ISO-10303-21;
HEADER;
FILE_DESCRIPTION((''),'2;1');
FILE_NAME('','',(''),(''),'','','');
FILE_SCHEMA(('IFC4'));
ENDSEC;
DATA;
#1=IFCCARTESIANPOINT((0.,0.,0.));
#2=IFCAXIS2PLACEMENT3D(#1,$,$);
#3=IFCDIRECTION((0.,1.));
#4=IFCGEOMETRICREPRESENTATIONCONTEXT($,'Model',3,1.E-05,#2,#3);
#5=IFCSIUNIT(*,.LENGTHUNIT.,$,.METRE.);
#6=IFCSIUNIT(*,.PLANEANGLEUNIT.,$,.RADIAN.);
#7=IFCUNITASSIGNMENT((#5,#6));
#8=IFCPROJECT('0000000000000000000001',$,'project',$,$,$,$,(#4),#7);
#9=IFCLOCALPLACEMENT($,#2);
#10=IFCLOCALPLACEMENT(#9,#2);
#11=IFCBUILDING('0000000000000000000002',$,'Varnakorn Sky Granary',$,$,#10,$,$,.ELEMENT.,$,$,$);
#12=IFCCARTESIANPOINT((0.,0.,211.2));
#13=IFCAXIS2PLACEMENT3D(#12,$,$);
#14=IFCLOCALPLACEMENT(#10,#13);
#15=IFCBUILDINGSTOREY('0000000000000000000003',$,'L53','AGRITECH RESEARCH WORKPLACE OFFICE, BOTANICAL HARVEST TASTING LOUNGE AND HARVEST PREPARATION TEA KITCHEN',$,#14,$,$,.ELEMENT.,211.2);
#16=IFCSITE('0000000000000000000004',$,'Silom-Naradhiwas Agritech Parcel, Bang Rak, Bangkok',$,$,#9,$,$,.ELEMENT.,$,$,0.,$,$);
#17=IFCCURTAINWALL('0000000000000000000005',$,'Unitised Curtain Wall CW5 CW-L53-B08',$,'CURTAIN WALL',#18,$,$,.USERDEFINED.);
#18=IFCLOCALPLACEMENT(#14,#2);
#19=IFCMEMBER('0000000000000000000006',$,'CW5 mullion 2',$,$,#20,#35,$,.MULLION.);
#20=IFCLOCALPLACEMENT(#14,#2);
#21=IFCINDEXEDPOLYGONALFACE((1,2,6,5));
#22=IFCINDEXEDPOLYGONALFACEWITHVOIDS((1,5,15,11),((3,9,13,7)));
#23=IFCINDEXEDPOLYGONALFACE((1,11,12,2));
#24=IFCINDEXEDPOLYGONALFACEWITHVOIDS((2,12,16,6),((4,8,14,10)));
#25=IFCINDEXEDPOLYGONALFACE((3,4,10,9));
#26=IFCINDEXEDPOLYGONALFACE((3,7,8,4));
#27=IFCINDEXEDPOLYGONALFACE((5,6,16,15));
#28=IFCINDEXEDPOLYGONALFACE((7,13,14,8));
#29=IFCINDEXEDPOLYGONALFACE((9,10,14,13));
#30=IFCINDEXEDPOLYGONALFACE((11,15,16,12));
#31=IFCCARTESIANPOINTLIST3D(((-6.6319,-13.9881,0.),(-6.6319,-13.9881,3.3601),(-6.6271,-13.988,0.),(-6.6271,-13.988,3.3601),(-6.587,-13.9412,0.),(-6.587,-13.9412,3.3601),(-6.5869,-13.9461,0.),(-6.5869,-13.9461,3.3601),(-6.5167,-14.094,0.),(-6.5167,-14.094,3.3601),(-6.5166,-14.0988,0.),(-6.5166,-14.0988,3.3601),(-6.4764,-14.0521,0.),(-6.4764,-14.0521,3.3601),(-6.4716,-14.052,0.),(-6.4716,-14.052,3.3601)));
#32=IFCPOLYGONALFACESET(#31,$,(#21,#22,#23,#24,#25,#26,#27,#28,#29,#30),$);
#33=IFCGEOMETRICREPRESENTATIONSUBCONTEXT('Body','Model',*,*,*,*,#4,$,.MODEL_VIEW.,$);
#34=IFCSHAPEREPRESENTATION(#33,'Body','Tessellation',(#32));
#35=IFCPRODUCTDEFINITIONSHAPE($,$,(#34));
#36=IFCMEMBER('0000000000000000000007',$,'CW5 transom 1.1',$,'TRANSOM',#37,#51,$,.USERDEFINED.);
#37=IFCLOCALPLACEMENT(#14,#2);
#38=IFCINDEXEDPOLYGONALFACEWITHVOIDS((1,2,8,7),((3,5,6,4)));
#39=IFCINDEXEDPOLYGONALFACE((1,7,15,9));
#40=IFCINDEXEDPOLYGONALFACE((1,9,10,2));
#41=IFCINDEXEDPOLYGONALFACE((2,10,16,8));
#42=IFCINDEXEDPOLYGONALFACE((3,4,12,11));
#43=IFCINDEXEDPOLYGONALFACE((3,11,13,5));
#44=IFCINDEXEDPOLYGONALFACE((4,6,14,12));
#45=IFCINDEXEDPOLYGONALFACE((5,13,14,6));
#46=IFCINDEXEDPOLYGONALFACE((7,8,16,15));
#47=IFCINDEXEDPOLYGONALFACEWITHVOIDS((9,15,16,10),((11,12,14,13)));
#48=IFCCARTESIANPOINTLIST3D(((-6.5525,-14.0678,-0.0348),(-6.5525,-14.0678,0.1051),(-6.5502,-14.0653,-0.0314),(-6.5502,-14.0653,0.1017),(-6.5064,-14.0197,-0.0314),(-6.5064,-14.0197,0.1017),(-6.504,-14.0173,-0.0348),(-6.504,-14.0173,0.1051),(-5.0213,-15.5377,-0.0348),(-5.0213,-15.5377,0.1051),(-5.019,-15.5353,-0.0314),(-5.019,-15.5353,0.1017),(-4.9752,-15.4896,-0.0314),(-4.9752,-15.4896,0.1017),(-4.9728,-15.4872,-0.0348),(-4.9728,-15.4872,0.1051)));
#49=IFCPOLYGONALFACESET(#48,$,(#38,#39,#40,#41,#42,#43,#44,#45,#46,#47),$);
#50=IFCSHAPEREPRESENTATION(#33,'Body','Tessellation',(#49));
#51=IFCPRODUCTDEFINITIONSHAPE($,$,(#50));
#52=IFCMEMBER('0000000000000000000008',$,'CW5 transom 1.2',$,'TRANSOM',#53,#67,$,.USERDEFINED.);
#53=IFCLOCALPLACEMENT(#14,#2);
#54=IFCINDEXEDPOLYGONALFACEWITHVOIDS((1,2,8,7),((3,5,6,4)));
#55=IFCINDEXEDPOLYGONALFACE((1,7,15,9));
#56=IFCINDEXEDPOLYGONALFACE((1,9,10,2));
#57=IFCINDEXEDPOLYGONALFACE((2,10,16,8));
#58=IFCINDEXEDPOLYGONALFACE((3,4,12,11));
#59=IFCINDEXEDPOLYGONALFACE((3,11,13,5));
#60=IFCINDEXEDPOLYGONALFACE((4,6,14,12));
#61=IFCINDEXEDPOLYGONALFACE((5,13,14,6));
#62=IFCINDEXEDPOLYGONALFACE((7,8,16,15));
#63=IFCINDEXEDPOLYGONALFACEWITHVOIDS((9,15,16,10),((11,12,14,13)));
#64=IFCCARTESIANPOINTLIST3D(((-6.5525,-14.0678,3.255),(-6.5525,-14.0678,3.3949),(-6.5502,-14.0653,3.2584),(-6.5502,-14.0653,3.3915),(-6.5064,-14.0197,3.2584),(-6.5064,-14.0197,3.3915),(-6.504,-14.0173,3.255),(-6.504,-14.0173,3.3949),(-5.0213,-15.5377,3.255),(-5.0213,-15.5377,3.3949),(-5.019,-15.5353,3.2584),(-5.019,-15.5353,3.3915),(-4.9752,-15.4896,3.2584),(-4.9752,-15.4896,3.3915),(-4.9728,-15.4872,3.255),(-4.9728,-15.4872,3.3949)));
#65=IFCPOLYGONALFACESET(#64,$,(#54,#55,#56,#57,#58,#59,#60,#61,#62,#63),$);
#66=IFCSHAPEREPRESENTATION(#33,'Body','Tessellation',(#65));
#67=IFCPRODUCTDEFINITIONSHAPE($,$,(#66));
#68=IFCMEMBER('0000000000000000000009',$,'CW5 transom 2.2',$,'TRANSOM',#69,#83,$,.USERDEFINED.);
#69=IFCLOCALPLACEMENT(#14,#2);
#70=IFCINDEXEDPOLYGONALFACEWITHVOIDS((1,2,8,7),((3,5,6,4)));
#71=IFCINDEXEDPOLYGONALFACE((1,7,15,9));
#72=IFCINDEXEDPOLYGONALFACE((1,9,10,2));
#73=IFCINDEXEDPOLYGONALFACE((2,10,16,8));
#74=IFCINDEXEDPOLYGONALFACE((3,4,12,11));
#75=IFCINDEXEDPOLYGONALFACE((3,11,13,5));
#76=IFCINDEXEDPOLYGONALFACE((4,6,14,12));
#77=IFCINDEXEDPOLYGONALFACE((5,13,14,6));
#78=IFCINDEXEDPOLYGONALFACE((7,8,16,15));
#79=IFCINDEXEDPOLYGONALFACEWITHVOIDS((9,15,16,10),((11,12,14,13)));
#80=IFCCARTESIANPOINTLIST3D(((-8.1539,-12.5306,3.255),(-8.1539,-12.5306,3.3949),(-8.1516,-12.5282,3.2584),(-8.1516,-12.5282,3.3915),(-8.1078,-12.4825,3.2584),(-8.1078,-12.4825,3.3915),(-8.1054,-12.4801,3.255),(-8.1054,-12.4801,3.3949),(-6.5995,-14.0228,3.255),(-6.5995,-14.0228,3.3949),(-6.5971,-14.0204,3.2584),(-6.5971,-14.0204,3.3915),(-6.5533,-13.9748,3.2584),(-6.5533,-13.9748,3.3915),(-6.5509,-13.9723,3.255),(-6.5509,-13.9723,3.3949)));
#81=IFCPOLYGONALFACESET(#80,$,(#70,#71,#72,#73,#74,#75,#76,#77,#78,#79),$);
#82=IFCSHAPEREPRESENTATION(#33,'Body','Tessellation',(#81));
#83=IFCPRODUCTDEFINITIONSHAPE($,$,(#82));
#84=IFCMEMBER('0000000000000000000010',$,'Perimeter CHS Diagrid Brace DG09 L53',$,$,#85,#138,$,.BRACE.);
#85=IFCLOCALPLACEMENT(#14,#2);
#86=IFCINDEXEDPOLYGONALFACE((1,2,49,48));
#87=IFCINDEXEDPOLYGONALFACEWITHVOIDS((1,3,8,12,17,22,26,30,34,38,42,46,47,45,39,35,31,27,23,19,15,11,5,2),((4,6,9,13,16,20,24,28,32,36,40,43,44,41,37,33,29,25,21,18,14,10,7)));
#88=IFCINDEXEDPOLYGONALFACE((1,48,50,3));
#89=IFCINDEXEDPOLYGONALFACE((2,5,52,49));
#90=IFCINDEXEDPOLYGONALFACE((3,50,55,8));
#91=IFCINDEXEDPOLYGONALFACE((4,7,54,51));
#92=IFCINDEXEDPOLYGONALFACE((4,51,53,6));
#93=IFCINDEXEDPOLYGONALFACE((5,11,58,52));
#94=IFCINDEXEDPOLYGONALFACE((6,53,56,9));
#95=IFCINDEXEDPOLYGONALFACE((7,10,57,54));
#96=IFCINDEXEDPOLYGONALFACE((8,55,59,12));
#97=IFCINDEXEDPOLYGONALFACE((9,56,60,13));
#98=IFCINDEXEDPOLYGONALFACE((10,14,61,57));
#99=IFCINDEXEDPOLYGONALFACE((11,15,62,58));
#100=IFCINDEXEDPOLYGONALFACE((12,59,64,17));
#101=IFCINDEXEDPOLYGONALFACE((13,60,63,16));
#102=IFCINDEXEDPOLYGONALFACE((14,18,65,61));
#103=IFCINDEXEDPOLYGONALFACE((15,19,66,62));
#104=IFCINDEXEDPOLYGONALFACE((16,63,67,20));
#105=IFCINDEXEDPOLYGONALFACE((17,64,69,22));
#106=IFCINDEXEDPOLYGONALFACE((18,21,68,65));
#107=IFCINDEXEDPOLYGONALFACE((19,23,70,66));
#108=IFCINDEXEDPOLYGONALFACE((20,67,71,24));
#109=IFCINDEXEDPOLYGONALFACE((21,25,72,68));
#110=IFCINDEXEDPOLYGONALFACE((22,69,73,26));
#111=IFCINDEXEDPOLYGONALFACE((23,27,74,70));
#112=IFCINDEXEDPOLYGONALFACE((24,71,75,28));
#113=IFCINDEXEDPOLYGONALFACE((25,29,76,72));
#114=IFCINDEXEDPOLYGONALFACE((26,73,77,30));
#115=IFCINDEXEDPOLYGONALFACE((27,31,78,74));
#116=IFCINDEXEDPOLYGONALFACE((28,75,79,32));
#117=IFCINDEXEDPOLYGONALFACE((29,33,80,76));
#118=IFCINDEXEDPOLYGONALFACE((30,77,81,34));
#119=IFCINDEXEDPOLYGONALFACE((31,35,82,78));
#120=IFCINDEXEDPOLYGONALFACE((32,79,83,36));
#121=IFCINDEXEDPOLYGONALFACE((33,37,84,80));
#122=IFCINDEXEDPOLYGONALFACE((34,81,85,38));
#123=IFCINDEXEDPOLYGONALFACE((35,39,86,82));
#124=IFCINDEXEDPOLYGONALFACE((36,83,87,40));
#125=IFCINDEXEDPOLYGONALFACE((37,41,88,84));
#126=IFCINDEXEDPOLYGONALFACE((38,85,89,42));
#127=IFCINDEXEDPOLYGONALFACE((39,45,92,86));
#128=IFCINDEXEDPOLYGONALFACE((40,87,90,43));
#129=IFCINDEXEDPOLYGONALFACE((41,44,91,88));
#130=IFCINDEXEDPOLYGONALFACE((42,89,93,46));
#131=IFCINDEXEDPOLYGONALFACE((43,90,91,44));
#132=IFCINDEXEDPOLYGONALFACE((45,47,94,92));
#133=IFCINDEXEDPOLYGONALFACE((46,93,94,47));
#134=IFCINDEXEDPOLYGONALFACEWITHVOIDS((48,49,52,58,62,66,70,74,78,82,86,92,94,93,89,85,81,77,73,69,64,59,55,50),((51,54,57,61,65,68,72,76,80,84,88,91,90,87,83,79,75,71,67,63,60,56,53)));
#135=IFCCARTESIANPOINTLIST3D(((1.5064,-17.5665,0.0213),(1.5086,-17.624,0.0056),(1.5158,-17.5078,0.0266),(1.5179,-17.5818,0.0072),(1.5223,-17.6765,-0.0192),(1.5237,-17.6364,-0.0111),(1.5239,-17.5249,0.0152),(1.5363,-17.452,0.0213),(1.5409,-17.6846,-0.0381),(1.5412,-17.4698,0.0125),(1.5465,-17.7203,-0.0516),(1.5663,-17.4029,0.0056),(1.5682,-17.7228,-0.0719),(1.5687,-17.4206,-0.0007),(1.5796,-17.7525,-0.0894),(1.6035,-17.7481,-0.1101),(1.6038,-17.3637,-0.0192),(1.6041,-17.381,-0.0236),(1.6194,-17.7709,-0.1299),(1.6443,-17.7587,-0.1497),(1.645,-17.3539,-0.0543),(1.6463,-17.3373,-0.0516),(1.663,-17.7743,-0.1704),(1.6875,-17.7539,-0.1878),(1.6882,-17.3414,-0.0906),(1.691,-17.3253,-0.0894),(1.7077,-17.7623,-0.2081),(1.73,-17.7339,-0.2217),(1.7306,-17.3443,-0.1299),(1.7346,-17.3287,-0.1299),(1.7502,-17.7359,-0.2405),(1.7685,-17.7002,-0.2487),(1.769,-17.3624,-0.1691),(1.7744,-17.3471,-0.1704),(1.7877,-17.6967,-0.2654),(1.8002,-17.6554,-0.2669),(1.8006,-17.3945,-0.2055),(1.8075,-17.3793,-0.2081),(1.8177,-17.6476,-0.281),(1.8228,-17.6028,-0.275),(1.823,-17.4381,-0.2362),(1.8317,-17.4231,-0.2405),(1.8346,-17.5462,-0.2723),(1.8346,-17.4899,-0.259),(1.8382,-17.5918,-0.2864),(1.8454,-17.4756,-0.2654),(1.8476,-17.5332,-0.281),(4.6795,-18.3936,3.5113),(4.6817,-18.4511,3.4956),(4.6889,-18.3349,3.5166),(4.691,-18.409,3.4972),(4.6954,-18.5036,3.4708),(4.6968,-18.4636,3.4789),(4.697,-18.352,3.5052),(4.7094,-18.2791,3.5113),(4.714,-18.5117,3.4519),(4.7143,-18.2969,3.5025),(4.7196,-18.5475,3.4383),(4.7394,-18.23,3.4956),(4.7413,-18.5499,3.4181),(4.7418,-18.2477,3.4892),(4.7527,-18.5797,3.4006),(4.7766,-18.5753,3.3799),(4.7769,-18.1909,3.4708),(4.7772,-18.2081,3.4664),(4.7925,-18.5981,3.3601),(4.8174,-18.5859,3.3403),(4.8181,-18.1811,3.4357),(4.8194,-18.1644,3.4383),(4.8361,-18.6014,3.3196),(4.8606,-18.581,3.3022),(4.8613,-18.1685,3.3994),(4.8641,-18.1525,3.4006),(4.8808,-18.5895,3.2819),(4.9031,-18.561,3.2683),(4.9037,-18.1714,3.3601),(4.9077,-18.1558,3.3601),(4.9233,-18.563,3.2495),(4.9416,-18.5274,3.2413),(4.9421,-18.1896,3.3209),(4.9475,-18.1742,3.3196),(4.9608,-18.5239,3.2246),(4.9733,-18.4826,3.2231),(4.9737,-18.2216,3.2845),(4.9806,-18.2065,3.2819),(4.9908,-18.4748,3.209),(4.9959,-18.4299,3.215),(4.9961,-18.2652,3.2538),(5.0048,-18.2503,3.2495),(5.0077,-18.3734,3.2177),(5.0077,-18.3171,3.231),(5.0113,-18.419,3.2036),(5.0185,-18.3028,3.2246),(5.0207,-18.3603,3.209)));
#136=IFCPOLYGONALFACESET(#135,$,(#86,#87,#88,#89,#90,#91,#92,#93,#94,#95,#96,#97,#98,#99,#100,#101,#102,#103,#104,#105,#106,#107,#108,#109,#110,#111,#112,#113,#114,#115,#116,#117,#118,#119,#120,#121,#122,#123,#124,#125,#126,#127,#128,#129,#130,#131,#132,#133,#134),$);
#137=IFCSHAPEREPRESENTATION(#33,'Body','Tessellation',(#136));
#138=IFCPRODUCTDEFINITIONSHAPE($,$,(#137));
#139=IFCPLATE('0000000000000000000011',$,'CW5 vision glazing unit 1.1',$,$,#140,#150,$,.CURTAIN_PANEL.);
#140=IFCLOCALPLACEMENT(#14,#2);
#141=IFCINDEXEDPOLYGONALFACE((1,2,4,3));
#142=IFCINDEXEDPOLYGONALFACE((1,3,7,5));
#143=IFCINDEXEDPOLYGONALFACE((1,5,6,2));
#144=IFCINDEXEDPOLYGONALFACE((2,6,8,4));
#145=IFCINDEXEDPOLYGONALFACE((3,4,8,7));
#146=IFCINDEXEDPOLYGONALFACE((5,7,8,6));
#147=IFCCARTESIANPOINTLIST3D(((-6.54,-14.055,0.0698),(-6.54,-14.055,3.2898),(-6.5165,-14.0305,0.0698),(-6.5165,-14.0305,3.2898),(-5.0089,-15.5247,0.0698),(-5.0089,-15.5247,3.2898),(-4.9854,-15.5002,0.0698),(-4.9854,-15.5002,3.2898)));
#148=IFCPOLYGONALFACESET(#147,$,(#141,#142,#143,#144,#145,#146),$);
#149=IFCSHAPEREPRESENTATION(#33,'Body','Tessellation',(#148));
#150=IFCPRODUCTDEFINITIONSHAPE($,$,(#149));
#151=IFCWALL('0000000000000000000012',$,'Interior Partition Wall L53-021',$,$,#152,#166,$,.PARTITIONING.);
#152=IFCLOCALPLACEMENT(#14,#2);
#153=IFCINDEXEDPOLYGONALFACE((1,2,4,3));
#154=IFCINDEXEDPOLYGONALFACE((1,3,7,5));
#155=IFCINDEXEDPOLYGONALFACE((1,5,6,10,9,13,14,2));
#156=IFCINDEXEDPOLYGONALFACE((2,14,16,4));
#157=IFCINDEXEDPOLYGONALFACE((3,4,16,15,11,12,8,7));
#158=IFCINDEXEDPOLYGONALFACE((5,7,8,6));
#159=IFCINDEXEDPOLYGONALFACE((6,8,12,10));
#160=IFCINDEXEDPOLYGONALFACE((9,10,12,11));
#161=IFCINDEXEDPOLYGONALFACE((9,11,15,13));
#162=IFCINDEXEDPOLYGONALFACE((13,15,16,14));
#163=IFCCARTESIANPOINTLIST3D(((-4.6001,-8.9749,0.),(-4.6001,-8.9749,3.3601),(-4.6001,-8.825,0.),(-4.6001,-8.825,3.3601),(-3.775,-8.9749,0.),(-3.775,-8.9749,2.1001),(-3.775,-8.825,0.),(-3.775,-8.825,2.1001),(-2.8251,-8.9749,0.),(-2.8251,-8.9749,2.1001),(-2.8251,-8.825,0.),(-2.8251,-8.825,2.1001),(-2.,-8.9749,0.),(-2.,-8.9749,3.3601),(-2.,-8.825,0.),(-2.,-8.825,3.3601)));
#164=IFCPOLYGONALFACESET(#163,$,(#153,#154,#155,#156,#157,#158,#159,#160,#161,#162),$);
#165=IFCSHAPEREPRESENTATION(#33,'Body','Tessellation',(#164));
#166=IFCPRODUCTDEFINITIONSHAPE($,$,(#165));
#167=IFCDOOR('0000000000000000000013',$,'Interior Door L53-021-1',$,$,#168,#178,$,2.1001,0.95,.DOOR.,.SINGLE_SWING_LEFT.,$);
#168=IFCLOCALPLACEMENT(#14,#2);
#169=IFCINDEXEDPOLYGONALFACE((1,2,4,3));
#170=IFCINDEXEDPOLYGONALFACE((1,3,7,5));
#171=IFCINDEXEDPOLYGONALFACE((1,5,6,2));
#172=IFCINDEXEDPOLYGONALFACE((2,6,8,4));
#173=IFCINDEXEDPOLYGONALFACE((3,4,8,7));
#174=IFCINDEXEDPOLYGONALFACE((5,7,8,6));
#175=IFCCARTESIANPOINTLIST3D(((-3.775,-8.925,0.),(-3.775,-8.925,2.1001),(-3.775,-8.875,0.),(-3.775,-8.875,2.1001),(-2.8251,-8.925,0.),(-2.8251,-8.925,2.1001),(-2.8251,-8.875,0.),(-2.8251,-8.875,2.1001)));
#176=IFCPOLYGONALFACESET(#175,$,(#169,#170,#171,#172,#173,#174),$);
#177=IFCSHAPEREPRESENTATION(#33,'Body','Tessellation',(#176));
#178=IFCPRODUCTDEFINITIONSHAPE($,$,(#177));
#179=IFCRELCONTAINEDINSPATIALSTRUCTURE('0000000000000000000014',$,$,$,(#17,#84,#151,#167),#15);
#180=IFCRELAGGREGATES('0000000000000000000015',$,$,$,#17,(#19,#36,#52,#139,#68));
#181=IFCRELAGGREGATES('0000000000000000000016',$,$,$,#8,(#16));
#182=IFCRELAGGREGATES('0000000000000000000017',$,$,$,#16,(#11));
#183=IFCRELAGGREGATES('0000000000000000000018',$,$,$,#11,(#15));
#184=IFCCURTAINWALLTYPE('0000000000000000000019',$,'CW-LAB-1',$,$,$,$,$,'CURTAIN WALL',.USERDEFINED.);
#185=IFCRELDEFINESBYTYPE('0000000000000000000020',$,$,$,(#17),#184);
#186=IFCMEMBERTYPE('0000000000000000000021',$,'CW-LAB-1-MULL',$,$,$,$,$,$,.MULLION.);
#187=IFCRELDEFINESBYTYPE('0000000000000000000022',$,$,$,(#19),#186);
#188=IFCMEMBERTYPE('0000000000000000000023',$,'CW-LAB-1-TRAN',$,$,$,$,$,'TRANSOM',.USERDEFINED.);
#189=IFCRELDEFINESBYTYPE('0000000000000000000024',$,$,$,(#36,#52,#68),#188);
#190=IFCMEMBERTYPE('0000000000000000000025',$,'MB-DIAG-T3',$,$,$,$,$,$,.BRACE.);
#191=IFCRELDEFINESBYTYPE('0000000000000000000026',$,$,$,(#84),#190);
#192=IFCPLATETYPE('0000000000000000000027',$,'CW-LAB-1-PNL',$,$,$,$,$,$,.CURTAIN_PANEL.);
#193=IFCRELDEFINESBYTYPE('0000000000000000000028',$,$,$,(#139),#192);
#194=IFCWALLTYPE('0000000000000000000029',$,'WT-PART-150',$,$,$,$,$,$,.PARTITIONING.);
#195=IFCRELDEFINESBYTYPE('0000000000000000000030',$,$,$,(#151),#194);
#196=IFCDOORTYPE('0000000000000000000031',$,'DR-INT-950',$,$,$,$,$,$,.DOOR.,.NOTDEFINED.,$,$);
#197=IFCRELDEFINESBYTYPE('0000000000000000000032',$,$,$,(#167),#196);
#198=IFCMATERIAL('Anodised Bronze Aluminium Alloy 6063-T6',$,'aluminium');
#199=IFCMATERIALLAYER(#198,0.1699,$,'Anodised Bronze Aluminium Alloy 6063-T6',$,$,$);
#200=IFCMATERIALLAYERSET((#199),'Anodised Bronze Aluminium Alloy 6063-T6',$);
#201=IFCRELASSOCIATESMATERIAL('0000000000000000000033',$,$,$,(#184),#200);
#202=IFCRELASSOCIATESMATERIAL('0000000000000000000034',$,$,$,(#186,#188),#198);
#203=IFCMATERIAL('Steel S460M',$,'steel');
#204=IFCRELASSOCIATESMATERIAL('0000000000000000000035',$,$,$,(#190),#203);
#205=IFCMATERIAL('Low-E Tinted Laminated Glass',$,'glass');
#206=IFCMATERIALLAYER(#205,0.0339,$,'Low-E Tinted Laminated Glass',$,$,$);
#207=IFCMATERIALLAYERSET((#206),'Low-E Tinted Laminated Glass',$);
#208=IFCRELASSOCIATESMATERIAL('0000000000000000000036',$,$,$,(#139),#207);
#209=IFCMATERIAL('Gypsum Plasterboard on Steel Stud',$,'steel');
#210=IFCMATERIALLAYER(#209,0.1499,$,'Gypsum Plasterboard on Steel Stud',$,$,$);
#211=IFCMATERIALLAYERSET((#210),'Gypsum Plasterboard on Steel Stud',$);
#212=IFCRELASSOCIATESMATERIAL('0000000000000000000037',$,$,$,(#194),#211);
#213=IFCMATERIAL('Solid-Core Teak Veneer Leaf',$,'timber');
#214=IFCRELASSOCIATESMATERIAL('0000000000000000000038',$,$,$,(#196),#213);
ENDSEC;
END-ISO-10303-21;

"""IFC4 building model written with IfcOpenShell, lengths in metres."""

from ifc_helpers import new_model, si_unit, direction, frame, frame_2d, origin, origin_2d, place, context, subcontext, project, spatial, rectangle, hollow_rectangle, hollow_circle, extrude, source, transform, mapped, material, layer, layer_set, material_profile, profile_set, type_object, type_shapes, element, fill, aggregate, save


model = new_model("IFC4")

# Units and contexts
model_context = context("Model", 3, precision=1e-05, world=origin(), true_north=direction((0.0, 1.0)))
body_context = subcontext(model_context, "Body", "Model", "MODEL_VIEW")
ifc_project = project(units=[si_unit("LENGTHUNIT", "METRE"), si_unit("PLANEANGLEUNIT", "RADIAN")], contexts=[model_context])

# Site, building, storey
site_placement = place(None, origin())
site = spatial("IfcSite", under=ifc_project, at=site_placement, Name="Silom-Naradhiwas Agritech Parcel, Bang Rak, Bangkok", CompositionType="ELEMENT", RefElevation=0.0)
building_placement = place(site_placement, origin())
building = spatial("IfcBuilding", under=site, at=building_placement, Name="Varnakorn Sky Granary", CompositionType="ELEMENT")
storey_placement = place(building_placement, frame((0.0, 0.0, 211.2)))
storey = spatial("IfcBuildingStorey", under=building, at=storey_placement, Name="L53", Description="AGRITECH RESEARCH WORKPLACE OFFICE, BOTANICAL HARVEST TASTING LOUNGE AND HARVEST PREPARATION TEA KITCHEN", CompositionType="ELEMENT", Elevation=211.2)

# Shared definitions
ifc_material_1 = material(Name="Steel S460M", Category="steel")

# Curtain wall, members
ifc_material_2 = material(Name="Anodised Bronze Aluminium Alloy 6063-T6", Category="aluminium")
ifc_layer_1 = layer(ifc_material_2, 0.1699, Name="Anodised Bronze Aluminium Alloy 6063-T6")
ifc_layer_set_1 = layer_set([ifc_layer_1], Name="Anodised Bronze Aluminium Alloy 6063-T6")
curtain_wall_type = type_object("IfcCurtainWallType", Name="CW-LAB-1", ElementType="CURTAIN WALL", PredefinedType="USERDEFINED", material=ifc_layer_set_1)
curtain_wall_placement = place(storey_placement, origin())
curtain_wall = element("IfcCurtainWall", 1, at=curtain_wall_placement, inside=storey, type_object=curtain_wall_type, Name="Unitised Curtain Wall CW5 CW-L53-B08", ObjectType="CURTAIN WALL", PredefinedType="USERDEFINED")
ifc_material_profile_1 = material_profile(ifc_material_2, hollow_rectangle(XDim=0.0649, YDim=0.1599, WallThickness=0.0034, at=origin_2d()), Name="ALU MULL 65x160")
ifc_profile_set_1 = profile_set([ifc_material_profile_1], Name="Anodised Bronze Aluminium Alloy 6063-T6")
member_type_1 = type_object("IfcMemberType", Name="CW-LAB-1-MULL", PredefinedType="MULLION", material=ifc_profile_set_1)
member_1_placement = place(storey_placement, frame((-6.5518, -14.02, 0.0), z_axis=(0.0, 0.0, 1.0), x_axis=(-0.692516, -0.721402, 0.0)))
member_1 = element("IfcMember", 2, at=member_1_placement, type_object=member_type_1, Name="CW5 mullion 2", PredefinedType="MULLION", context=body_context, shape_type="SweptSolid", body=[
    extrude(hollow_rectangle(XDim=0.0649, YDim=0.1599, WallThickness=0.0034, at=origin_2d()), origin(), (0.0, 0.0, 1.0), 3.3601),
])
ifc_material_profile_2 = material_profile(ifc_material_2, hollow_rectangle(XDim=0.0701, YDim=0.1399, WallThickness=0.0034, at=origin_2d()), Name="ALU TRAN 70x140")
ifc_profile_set_2 = profile_set([ifc_material_profile_2], Name="Anodised Bronze Aluminium Alloy 6063-T6")
member_type_2 = type_object("IfcMemberType", Name="CW-LAB-1-TRAN", ElementType="TRANSOM", PredefinedType="USERDEFINED", material=ifc_profile_set_2)
member_2_placement = place(storey_placement, frame((-4.9971, -15.5125, 0.0352), z_axis=(-0.721394, 0.692525, 0.0), x_axis=(-0.692525, -0.721394, 0.0)))
member_2 = element("IfcMember", 3, at=member_2_placement, type_object=member_type_2, Name="CW5 transom 1.1", ObjectType="TRANSOM", PredefinedType="USERDEFINED", context=body_context, shape_type="SweptSolid", body=[
    extrude(hollow_rectangle(XDim=0.0701, YDim=0.1399, WallThickness=0.0034, at=origin_2d()), origin(), (0.0, 0.0, 1.0), 2.1226),
])
member_3_placement = place(storey_placement, frame((-4.9971, -15.5125, 3.325), z_axis=(-0.721394, 0.692525, 0.0), x_axis=(-0.692525, -0.721394, 0.0)))
member_3 = element("IfcMember", 4, at=member_3_placement, type_object=member_type_2, Name="CW5 transom 1.2", ObjectType="TRANSOM", PredefinedType="USERDEFINED", context=body_context, shape_type="SweptSolid", body=[
    extrude(hollow_rectangle(XDim=0.0701, YDim=0.1399, WallThickness=0.0034, at=origin_2d()), origin(), (0.0, 0.0, 1.0), 2.1226),
])
member_4_placement = place(storey_placement, frame((-6.5752, -13.9976, 3.325), z_axis=(-0.721405, 0.692513, 0.0), x_axis=(-0.692513, -0.721405, 0.0)))
member_4 = element("IfcMember", 5, at=member_4_placement, type_object=member_type_2, Name="CW5 transom 2.2", ObjectType="TRANSOM", PredefinedType="USERDEFINED", context=body_context, shape_type="SweptSolid", body=[
    extrude(hollow_rectangle(XDim=0.0701, YDim=0.1399, WallThickness=0.0034, at=origin_2d()), origin(), (0.0, 0.0, 1.0), 2.1548),
])

# Member
ifc_material_profile_3 = material_profile(ifc_material_1, hollow_circle(Radius=0.2285, WallThickness=0.0161, at=origin_2d()), Name="CHS 457x16")
ifc_profile_set_3 = profile_set([ifc_material_profile_3], Name="Steel S460M")
member_type_3 = type_object("IfcMemberType", Name="MB-DIAG-T3", PredefinedType="BRACE", material=ifc_profile_set_3)
member_5_placement = place(storey_placement, frame((1.677, -17.5498, -0.1299), z_axis=(0.662606, -0.172725, 0.72878), x_axis=(0.252246, 0.967663, 0.0)))
element("IfcMember", 6, at=member_5_placement, inside=storey, type_object=member_type_3, Name="Perimeter CHS Diagrid Brace DG09 L53", PredefinedType="BRACE", context=body_context, shape_type="SweptSolid", body=[
    extrude(hollow_circle(Radius=0.2285, WallThickness=0.0161, at=origin_2d()), origin(), (0.0, 0.0, 1.0), 4.7888),
])

# Plate
ifc_material_3 = material(Name="Low-E Tinted Laminated Glass", Category="glass")
ifc_layer_2 = layer(ifc_material_3, 0.0339, Name="Low-E Tinted Laminated Glass")
ifc_layer_set_2 = layer_set([ifc_layer_2], Name="Low-E Tinted Laminated Glass")
plate_type = type_object("IfcPlateType", Name="CW-LAB-1-PNL", PredefinedType="CURTAIN_PANEL")
shared_shape_1 = source(origin(), body_context, "Body", "SweptSolid", [
    extrude(rectangle(XDim=2.1223, YDim=0.0339, at=origin_2d()), origin(), (0.0, 0.0, 1.0), 3.22),
])
type_shapes(plate_type, [shared_shape_1])
plate_placement = place(storey_placement, frame((-5.7627, -14.7776, 0.0698), z_axis=(0.0, 0.0, 1.0), x_axis=(-0.721402, 0.692516, 0.0)))
plate = element("IfcPlate", 7, at=plate_placement, type_object=plate_type, material=ifc_layer_set_2, Name="CW5 vision glazing unit 1.1", PredefinedType="CURTAIN_PANEL", context=body_context, shape_type="MappedRepresentation", body=[
    mapped(shared_shape_1, transform((0.0, 0.0, 0.0), x_axis=(1.0, 0.0, 0.0), y_axis=(0.0, 1.0, 0.0), z_axis=(0.0, 0.0, 1.0), scale=1.0)),
])
aggregate(curtain_wall, [member_1, member_2, member_3, plate, member_4])

# Wall, opening, door
ifc_material_4 = material(Name="Gypsum Plasterboard on Steel Stud", Category="steel")
ifc_layer_3 = layer(ifc_material_4, 0.1499, Name="Gypsum Plasterboard on Steel Stud")
ifc_layer_set_3 = layer_set([ifc_layer_3], Name="Gypsum Plasterboard on Steel Stud")
wall_type_1 = type_object("IfcWallType", Name="WT-PART-150", PredefinedType="PARTITIONING", material=ifc_layer_set_3)
wall_1_placement = place(storey_placement, frame((-4.6001, -8.8999, 0.0), z_axis=(0.0, 0.0, 1.0), x_axis=(1.0, 0.0, 0.0)))
wall_1 = element("IfcWall", 8, at=wall_1_placement, inside=storey, type_object=wall_type_1, Name="Interior Partition Wall L53-021", PredefinedType="PARTITIONING", context=body_context, shape_type="SweptSolid", body=[
    extrude(rectangle(XDim=2.6001, YDim=0.1499, at=frame_2d((1.3, 0.0))), origin(), (0.0, 0.0, 1.0), 3.3601),
])
opening_1_placement = place(wall_1_placement, frame((0.825, 0.0, 0.0)))
opening_1 = element("IfcOpeningElement", 9, at=opening_1_placement, cuts=wall_1, PredefinedType="OPENING", context=body_context, shape_type="SweptSolid", body=[
    extrude(rectangle(XDim=0.95, YDim=2.1001, at=frame_2d((0.4751, 1.05))), frame((0.0, 0.085, 0.0), z_axis=(0.0, -1.0, 0.0), x_axis=(1.0, 0.0, 0.0)), (0.0, 0.0, 1.0), 0.1699),
])
ifc_material_5 = material(Name="Solid-Core Teak Veneer Leaf", Category="timber")
door_type = type_object("IfcDoorType", Name="DR-INT-950", OperationType="NOTDEFINED", PredefinedType="DOOR", material=ifc_material_5)
door_1_placement = place(opening_1_placement, origin())
door_1 = element("IfcDoor", 10, at=door_1_placement, inside=storey, type_object=door_type, Name="Interior Door L53-021-1", OperationType="SINGLE_SWING_LEFT", OverallHeight=2.1001, OverallWidth=0.95, PredefinedType="DOOR", context=body_context, shape_type="SweptSolid", body=[
    extrude(rectangle(XDim=0.95, YDim=2.1001, at=frame_2d((0.4751, 1.05))), frame((0.0, 0.0249, 0.0), z_axis=(0.0, -1.0, 0.0), x_axis=(1.0, 0.0, 0.0)), (0.0, 0.0, 1.0), 0.05),
])
fill(opening_1, door_1)

save(model, "model.ifc")
